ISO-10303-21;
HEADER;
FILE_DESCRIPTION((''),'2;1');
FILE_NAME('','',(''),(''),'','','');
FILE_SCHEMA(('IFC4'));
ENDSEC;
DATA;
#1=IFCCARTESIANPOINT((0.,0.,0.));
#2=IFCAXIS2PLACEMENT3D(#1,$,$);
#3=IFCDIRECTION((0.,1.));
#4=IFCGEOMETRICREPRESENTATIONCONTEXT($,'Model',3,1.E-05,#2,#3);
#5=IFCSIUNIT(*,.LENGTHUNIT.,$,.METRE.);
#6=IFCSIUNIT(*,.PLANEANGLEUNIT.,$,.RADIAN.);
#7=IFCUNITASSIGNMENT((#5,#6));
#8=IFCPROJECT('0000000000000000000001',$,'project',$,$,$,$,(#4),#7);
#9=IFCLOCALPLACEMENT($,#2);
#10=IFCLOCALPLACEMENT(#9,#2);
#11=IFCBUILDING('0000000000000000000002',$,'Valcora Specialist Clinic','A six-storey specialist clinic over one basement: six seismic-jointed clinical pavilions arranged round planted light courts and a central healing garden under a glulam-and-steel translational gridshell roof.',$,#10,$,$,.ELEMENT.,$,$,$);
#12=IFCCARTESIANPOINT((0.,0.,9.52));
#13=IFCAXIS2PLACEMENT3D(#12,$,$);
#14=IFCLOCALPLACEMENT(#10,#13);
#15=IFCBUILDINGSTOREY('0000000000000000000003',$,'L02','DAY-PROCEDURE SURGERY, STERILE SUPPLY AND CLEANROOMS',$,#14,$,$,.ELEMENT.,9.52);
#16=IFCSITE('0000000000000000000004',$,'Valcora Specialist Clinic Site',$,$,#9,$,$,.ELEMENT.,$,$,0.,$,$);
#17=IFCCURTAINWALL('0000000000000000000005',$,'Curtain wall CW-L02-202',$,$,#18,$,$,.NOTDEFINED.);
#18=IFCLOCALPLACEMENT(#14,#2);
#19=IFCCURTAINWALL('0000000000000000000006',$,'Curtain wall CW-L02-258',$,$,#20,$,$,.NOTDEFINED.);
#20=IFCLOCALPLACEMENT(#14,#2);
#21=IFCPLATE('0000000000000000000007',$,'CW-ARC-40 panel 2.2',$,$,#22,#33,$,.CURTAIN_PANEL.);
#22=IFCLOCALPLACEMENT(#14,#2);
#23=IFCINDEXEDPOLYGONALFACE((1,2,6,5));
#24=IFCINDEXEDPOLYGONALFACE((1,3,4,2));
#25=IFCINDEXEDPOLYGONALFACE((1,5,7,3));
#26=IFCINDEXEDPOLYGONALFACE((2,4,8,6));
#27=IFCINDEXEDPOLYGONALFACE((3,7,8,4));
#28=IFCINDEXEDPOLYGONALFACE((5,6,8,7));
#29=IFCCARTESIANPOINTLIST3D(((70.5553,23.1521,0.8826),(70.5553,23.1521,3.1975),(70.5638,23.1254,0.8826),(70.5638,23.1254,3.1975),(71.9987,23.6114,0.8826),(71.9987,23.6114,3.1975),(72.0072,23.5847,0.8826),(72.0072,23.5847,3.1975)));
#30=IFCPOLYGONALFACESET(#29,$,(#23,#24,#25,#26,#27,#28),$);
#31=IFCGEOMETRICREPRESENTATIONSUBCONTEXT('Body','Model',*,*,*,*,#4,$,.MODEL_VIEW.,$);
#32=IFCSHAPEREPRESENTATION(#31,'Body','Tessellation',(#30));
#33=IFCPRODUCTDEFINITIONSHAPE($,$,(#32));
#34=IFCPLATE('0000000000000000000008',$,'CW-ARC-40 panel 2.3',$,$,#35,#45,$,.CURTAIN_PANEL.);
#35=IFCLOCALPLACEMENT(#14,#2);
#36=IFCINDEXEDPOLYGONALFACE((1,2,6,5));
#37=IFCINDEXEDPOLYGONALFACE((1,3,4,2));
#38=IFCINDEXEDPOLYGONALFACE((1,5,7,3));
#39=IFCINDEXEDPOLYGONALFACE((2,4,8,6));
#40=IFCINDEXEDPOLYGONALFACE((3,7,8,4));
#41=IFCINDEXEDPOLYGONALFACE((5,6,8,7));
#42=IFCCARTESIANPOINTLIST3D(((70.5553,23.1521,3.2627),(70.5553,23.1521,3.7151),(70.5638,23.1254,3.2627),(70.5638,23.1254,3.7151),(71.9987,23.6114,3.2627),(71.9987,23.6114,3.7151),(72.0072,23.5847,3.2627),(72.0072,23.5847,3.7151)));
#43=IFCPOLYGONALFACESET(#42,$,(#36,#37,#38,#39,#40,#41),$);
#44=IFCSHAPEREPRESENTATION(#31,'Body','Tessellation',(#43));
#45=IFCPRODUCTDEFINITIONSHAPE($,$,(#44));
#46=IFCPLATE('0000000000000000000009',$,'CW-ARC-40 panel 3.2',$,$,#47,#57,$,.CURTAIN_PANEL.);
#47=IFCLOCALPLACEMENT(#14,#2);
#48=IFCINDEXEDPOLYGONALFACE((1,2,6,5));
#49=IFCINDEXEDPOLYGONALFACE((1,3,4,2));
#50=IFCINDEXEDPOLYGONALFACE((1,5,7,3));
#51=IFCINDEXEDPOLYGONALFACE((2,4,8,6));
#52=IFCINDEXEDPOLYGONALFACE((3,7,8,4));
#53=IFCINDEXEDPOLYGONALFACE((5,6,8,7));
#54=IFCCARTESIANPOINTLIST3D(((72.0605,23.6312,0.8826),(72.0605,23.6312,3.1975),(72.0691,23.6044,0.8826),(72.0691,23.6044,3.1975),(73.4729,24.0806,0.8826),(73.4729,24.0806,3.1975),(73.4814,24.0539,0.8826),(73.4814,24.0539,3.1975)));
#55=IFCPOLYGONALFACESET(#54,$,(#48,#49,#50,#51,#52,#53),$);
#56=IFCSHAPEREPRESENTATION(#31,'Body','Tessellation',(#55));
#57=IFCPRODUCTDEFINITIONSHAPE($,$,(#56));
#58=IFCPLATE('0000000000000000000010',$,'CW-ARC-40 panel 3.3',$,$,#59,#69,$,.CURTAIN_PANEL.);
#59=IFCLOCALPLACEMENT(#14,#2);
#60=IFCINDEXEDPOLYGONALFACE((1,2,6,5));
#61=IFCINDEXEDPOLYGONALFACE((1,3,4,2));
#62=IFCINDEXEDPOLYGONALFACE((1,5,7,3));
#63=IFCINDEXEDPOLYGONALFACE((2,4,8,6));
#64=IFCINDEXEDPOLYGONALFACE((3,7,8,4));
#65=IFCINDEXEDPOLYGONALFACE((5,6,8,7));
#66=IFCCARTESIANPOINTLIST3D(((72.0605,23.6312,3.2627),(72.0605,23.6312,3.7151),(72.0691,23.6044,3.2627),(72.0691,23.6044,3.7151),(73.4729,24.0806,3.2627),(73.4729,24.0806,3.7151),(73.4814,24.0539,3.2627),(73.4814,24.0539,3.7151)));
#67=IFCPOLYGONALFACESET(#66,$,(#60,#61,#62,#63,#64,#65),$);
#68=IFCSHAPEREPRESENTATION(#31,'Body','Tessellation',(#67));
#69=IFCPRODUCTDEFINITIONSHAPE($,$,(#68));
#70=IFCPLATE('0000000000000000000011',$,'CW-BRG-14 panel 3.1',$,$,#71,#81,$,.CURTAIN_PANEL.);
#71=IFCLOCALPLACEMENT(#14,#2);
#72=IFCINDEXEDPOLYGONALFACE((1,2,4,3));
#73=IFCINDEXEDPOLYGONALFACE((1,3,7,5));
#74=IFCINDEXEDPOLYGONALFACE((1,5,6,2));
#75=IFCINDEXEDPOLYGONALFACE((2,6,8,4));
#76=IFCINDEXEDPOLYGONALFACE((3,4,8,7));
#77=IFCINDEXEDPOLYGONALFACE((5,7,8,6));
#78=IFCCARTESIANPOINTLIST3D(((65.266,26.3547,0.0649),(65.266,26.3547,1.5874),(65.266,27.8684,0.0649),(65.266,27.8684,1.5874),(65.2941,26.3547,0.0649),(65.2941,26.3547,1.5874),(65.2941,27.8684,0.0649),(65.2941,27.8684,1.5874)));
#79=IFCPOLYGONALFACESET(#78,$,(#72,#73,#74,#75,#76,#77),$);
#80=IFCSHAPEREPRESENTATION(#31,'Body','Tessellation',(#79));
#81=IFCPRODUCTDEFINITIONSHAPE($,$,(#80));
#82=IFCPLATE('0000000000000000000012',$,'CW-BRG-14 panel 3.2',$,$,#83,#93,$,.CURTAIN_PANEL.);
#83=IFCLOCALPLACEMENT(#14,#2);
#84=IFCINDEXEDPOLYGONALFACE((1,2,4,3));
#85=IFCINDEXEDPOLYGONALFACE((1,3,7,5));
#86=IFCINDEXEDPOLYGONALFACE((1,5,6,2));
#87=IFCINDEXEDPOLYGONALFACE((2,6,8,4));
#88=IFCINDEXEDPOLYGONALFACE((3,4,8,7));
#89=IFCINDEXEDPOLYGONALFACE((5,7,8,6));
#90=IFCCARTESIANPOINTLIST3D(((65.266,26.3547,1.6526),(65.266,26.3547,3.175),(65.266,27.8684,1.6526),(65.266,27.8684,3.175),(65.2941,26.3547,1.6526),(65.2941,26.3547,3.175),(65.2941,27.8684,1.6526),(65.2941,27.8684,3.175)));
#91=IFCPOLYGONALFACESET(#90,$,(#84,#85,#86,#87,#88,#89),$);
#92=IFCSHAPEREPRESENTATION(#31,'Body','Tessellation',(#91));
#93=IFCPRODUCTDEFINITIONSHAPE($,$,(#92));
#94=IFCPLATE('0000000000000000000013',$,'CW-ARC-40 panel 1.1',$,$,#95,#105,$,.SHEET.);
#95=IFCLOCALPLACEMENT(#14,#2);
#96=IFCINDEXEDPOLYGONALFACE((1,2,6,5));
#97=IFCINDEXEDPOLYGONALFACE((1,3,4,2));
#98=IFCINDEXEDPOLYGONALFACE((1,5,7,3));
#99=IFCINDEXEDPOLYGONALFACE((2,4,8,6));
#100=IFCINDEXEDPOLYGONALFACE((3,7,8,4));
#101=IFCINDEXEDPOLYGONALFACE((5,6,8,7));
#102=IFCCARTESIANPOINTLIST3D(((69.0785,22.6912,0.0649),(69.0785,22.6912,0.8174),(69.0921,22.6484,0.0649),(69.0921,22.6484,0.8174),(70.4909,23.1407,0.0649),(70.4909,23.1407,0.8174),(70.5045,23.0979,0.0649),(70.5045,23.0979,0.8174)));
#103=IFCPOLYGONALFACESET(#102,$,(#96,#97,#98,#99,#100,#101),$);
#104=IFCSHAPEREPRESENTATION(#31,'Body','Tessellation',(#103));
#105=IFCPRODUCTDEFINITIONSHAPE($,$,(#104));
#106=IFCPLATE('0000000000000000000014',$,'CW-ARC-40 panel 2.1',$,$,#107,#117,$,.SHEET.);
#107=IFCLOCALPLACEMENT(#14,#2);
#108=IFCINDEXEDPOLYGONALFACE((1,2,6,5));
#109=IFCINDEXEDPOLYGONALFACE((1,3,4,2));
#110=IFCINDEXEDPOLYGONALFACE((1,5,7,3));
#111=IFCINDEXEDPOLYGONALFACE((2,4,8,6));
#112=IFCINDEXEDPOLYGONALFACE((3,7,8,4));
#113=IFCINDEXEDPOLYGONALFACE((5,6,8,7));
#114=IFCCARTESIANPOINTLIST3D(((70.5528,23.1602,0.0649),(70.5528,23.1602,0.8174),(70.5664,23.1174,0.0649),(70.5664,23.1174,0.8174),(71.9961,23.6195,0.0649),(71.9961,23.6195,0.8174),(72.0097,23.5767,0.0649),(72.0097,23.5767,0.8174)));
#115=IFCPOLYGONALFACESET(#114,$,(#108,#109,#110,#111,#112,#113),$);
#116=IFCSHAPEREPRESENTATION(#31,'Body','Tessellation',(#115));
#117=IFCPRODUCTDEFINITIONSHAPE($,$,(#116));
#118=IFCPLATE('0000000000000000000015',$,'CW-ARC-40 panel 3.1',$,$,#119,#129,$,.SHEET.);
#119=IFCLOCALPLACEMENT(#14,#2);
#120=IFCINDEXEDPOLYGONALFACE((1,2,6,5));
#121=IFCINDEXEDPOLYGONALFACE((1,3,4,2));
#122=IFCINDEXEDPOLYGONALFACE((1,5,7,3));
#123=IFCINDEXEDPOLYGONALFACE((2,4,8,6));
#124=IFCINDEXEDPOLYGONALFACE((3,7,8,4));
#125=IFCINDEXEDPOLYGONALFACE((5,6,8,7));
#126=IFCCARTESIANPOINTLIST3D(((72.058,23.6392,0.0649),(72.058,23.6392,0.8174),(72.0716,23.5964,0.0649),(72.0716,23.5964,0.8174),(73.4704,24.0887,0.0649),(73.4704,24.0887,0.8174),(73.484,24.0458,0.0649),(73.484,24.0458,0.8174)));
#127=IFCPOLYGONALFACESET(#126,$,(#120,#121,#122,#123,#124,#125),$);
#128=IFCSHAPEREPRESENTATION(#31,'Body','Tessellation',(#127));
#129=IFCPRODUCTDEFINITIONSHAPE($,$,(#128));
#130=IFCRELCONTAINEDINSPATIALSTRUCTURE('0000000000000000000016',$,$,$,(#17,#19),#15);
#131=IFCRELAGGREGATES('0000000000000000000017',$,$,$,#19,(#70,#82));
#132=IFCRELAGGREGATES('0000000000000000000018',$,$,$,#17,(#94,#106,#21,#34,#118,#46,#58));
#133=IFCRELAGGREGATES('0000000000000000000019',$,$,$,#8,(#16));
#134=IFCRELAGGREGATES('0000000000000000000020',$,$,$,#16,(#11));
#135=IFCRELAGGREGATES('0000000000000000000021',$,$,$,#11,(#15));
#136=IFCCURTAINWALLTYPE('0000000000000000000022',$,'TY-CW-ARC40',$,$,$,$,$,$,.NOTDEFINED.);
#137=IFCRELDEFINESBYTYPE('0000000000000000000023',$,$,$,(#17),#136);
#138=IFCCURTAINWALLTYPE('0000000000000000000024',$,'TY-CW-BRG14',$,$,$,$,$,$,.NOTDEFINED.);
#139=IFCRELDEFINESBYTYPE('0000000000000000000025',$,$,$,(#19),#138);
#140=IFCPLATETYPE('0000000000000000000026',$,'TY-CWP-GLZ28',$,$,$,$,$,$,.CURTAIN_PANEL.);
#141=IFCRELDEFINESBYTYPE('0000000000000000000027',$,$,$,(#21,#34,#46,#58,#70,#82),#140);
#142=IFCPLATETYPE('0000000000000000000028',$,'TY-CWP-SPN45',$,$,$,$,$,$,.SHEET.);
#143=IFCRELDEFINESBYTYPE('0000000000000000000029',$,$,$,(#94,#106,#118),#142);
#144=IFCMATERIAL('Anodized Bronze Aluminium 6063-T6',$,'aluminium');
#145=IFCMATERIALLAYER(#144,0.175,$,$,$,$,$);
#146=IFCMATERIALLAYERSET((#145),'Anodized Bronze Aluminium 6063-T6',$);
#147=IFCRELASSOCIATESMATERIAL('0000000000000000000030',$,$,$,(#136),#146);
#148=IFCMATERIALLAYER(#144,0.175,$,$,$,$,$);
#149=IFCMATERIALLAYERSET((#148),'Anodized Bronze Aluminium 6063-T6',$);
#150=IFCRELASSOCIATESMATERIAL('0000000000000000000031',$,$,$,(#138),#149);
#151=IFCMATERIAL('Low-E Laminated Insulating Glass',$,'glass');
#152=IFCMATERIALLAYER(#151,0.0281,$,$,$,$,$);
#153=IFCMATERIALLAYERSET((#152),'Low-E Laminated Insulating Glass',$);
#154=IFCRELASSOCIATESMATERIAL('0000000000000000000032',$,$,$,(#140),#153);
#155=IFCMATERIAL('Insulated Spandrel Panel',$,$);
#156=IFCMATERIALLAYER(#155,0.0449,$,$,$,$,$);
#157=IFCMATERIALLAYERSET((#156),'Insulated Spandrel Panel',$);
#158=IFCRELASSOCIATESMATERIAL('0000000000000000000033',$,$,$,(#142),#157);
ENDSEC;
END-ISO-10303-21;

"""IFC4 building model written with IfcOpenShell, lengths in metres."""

from ifc_helpers import new_model, si_unit, direction, frame, origin, origin_2d, place, context, subcontext, project, spatial, rectangle, extrude, material, layer, layer_set, type_object, element, aggregate, save


model = new_model("IFC4")

# Units and contexts
model_context = context("Model", 3, precision=1e-05, world=origin(), true_north=direction((0.0, 1.0)))
body_context = subcontext(model_context, "Body", "Model", "MODEL_VIEW")
ifc_project = project(units=[si_unit("LENGTHUNIT", "METRE"), si_unit("PLANEANGLEUNIT", "RADIAN")], contexts=[model_context])

# Site, building, storey
site_placement = place(None, origin())
site = spatial("IfcSite", under=ifc_project, at=site_placement, Name="Valcora Specialist Clinic Site", CompositionType="ELEMENT", RefElevation=0.0)
building_placement = place(site_placement, origin())
building = spatial("IfcBuilding", under=site, at=building_placement, Name="Valcora Specialist Clinic", Description="A six-storey specialist clinic over one basement: six seismic-jointed clinical pavilions arranged round planted light courts and a central healing garden under a glulam-and-steel translational gridshell roof.", CompositionType="ELEMENT")
storey_placement = place(building_placement, frame((0.0, 0.0, 9.52)))
storey = spatial("IfcBuildingStorey", under=building, at=storey_placement, Name="L02", Description="DAY-PROCEDURE SURGERY, STERILE SUPPLY AND CLEANROOMS", CompositionType="ELEMENT", Elevation=9.52)

# Curtain wall
ifc_material_1 = material(Name="Anodized Bronze Aluminium 6063-T6", Category="aluminium")
ifc_layer_1 = layer(ifc_material_1, 0.175)
ifc_layer_set_1 = layer_set([ifc_layer_1], Name="Anodized Bronze Aluminium 6063-T6")
curtain_wall_type_1 = type_object("IfcCurtainWallType", Name="TY-CW-ARC40", PredefinedType="NOTDEFINED", material=ifc_layer_set_1)
curtain_wall_1_placement = place(storey_placement, origin())
curtain_wall_1 = element("IfcCurtainWall", 1, at=curtain_wall_1_placement, inside=storey, type_object=curtain_wall_type_1, Name="Curtain wall CW-L02-202", PredefinedType="NOTDEFINED")

# Curtain wall
ifc_layer_2 = layer(ifc_material_1, 0.175)
ifc_layer_set_2 = layer_set([ifc_layer_2], Name="Anodized Bronze Aluminium 6063-T6")
curtain_wall_type_2 = type_object("IfcCurtainWallType", Name="TY-CW-BRG14", PredefinedType="NOTDEFINED", material=ifc_layer_set_2)
curtain_wall_2_placement = place(storey_placement, origin())
curtain_wall_2 = element("IfcCurtainWall", 2, at=curtain_wall_2_placement, inside=storey, type_object=curtain_wall_type_2, Name="Curtain wall CW-L02-258", PredefinedType="NOTDEFINED")

# Plates
ifc_material_2 = material(Name="Low-E Laminated Insulating Glass", Category="glass")
ifc_layer_3 = layer(ifc_material_2, 0.0281)
ifc_layer_set_3 = layer_set([ifc_layer_3], Name="Low-E Laminated Insulating Glass")
plate_type_1 = type_object("IfcPlateType", Name="TY-CWP-GLZ28", PredefinedType="CURTAIN_PANEL", material=ifc_layer_set_3)
plate_1_placement = place(storey_placement, frame((71.2812, 23.3684, 0.8826), z_axis=(0.0, 0.0, 1.0), x_axis=(0.952916, 0.303233, 0.0)))
plate_1 = element("IfcPlate", 3, at=plate_1_placement, type_object=plate_type_1, Name="CW-ARC-40 panel 2.2", PredefinedType="CURTAIN_PANEL", context=body_context, shape_type="SweptSolid", body=[
    extrude(rectangle(XDim=1.5146, YDim=0.0281, at=origin_2d()), origin(), (0.0, 0.0, 1.0), 2.3149),
])
plate_2_placement = place(storey_placement, frame((71.2812, 23.3684, 3.2627), z_axis=(0.0, 0.0, 1.0), x_axis=(0.952916, 0.303233, 0.0)))
plate_2 = element("IfcPlate", 4, at=plate_2_placement, type_object=plate_type_1, Name="CW-ARC-40 panel 2.3", PredefinedType="CURTAIN_PANEL", context=body_context, shape_type="SweptSolid", body=[
    extrude(rectangle(XDim=1.5146, YDim=0.0281, at=origin_2d()), origin(), (0.0, 0.0, 1.0), 0.4524),
])
plate_3_placement = place(storey_placement, frame((72.771, 23.8425, 0.8826), z_axis=(0.0, 0.0, 1.0), x_axis=(0.952916, 0.303233, 0.0)))
plate_3 = element("IfcPlate", 5, at=plate_3_placement, type_object=plate_type_1, Name="CW-ARC-40 panel 3.2", PredefinedType="CURTAIN_PANEL", context=body_context, shape_type="SweptSolid", body=[
    extrude(rectangle(XDim=1.4822, YDim=0.0281, at=origin_2d()), origin(), (0.0, 0.0, 1.0), 2.3149),
])
plate_4_placement = place(storey_placement, frame((72.771, 23.8425, 3.2627), z_axis=(0.0, 0.0, 1.0), x_axis=(0.952916, 0.303233, 0.0)))
plate_4 = element("IfcPlate", 6, at=plate_4_placement, type_object=plate_type_1, Name="CW-ARC-40 panel 3.3", PredefinedType="CURTAIN_PANEL", context=body_context, shape_type="SweptSolid", body=[
    extrude(rectangle(XDim=1.4822, YDim=0.0281, at=origin_2d()), origin(), (0.0, 0.0, 1.0), 0.4524),
])
plate_5_placement = place(storey_placement, frame((65.28, 27.1116, 0.0649), z_axis=(0.0, 0.0, 1.0), x_axis=(0.0, 1.0, 0.0)))
plate_5 = element("IfcPlate", 7, at=plate_5_placement, type_object=plate_type_1, Name="CW-BRG-14 panel 3.1", PredefinedType="CURTAIN_PANEL", context=body_context, shape_type="SweptSolid", body=[
    extrude(rectangle(XDim=1.5137, YDim=0.0281, at=origin_2d()), origin(), (0.0, 0.0, 1.0), 1.5225),
])
plate_6_placement = place(storey_placement, frame((65.28, 27.1116, 1.6526), z_axis=(0.0, 0.0, 1.0), x_axis=(0.0, 1.0, 0.0)))
plate_6 = element("IfcPlate", 8, at=plate_6_placement, type_object=plate_type_1, Name="CW-BRG-14 panel 3.2", PredefinedType="CURTAIN_PANEL", context=body_context, shape_type="SweptSolid", body=[
    extrude(rectangle(XDim=1.5137, YDim=0.0281, at=origin_2d()), origin(), (0.0, 0.0, 1.0), 1.5225),
])
aggregate(curtain_wall_2, [plate_5, plate_6])
ifc_material_3 = material(Name="Insulated Spandrel Panel")
ifc_layer_4 = layer(ifc_material_3, 0.0449)
ifc_layer_set_4 = layer_set([ifc_layer_4], Name="Insulated Spandrel Panel")
plate_type_2 = type_object("IfcPlateType", Name="TY-CWP-SPN45", PredefinedType="SHEET", material=ifc_layer_set_4)
plate_7_placement = place(storey_placement, frame((69.7915, 22.8945, 0.0649), z_axis=(0.0, 0.0, 1.0), x_axis=(0.952916, 0.303233, 0.0)))
plate_7 = element("IfcPlate", 9, at=plate_7_placement, type_object=plate_type_2, Name="CW-ARC-40 panel 1.1", PredefinedType="SHEET", context=body_context, shape_type="SweptSolid", body=[
    extrude(rectangle(XDim=1.4822, YDim=0.0449, at=origin_2d()), origin(), (0.0, 0.0, 1.0), 0.7524),
])
plate_8_placement = place(storey_placement, frame((71.2812, 23.3684, 0.0649), z_axis=(0.0, 0.0, 1.0), x_axis=(0.952916, 0.303233, 0.0)))
plate_8 = element("IfcPlate", 10, at=plate_8_placement, type_object=plate_type_2, Name="CW-ARC-40 panel 2.1", PredefinedType="SHEET", context=body_context, shape_type="SweptSolid", body=[
    extrude(rectangle(XDim=1.5146, YDim=0.0449, at=origin_2d()), origin(), (0.0, 0.0, 1.0), 0.7524),
])
plate_9_placement = place(storey_placement, frame((72.771, 23.8425, 0.0649), z_axis=(0.0, 0.0, 1.0), x_axis=(0.952916, 0.303233, 0.0)))
plate_9 = element("IfcPlate", 11, at=plate_9_placement, type_object=plate_type_2, Name="CW-ARC-40 panel 3.1", PredefinedType="SHEET", context=body_context, shape_type="SweptSolid", body=[
    extrude(rectangle(XDim=1.4822, YDim=0.0449, at=origin_2d()), origin(), (0.0, 0.0, 1.0), 0.7524),
])
aggregate(curtain_wall_1, [plate_7, plate_8, plate_1, plate_2, plate_9, plate_3, plate_4])

save(model, "model.ifc")
